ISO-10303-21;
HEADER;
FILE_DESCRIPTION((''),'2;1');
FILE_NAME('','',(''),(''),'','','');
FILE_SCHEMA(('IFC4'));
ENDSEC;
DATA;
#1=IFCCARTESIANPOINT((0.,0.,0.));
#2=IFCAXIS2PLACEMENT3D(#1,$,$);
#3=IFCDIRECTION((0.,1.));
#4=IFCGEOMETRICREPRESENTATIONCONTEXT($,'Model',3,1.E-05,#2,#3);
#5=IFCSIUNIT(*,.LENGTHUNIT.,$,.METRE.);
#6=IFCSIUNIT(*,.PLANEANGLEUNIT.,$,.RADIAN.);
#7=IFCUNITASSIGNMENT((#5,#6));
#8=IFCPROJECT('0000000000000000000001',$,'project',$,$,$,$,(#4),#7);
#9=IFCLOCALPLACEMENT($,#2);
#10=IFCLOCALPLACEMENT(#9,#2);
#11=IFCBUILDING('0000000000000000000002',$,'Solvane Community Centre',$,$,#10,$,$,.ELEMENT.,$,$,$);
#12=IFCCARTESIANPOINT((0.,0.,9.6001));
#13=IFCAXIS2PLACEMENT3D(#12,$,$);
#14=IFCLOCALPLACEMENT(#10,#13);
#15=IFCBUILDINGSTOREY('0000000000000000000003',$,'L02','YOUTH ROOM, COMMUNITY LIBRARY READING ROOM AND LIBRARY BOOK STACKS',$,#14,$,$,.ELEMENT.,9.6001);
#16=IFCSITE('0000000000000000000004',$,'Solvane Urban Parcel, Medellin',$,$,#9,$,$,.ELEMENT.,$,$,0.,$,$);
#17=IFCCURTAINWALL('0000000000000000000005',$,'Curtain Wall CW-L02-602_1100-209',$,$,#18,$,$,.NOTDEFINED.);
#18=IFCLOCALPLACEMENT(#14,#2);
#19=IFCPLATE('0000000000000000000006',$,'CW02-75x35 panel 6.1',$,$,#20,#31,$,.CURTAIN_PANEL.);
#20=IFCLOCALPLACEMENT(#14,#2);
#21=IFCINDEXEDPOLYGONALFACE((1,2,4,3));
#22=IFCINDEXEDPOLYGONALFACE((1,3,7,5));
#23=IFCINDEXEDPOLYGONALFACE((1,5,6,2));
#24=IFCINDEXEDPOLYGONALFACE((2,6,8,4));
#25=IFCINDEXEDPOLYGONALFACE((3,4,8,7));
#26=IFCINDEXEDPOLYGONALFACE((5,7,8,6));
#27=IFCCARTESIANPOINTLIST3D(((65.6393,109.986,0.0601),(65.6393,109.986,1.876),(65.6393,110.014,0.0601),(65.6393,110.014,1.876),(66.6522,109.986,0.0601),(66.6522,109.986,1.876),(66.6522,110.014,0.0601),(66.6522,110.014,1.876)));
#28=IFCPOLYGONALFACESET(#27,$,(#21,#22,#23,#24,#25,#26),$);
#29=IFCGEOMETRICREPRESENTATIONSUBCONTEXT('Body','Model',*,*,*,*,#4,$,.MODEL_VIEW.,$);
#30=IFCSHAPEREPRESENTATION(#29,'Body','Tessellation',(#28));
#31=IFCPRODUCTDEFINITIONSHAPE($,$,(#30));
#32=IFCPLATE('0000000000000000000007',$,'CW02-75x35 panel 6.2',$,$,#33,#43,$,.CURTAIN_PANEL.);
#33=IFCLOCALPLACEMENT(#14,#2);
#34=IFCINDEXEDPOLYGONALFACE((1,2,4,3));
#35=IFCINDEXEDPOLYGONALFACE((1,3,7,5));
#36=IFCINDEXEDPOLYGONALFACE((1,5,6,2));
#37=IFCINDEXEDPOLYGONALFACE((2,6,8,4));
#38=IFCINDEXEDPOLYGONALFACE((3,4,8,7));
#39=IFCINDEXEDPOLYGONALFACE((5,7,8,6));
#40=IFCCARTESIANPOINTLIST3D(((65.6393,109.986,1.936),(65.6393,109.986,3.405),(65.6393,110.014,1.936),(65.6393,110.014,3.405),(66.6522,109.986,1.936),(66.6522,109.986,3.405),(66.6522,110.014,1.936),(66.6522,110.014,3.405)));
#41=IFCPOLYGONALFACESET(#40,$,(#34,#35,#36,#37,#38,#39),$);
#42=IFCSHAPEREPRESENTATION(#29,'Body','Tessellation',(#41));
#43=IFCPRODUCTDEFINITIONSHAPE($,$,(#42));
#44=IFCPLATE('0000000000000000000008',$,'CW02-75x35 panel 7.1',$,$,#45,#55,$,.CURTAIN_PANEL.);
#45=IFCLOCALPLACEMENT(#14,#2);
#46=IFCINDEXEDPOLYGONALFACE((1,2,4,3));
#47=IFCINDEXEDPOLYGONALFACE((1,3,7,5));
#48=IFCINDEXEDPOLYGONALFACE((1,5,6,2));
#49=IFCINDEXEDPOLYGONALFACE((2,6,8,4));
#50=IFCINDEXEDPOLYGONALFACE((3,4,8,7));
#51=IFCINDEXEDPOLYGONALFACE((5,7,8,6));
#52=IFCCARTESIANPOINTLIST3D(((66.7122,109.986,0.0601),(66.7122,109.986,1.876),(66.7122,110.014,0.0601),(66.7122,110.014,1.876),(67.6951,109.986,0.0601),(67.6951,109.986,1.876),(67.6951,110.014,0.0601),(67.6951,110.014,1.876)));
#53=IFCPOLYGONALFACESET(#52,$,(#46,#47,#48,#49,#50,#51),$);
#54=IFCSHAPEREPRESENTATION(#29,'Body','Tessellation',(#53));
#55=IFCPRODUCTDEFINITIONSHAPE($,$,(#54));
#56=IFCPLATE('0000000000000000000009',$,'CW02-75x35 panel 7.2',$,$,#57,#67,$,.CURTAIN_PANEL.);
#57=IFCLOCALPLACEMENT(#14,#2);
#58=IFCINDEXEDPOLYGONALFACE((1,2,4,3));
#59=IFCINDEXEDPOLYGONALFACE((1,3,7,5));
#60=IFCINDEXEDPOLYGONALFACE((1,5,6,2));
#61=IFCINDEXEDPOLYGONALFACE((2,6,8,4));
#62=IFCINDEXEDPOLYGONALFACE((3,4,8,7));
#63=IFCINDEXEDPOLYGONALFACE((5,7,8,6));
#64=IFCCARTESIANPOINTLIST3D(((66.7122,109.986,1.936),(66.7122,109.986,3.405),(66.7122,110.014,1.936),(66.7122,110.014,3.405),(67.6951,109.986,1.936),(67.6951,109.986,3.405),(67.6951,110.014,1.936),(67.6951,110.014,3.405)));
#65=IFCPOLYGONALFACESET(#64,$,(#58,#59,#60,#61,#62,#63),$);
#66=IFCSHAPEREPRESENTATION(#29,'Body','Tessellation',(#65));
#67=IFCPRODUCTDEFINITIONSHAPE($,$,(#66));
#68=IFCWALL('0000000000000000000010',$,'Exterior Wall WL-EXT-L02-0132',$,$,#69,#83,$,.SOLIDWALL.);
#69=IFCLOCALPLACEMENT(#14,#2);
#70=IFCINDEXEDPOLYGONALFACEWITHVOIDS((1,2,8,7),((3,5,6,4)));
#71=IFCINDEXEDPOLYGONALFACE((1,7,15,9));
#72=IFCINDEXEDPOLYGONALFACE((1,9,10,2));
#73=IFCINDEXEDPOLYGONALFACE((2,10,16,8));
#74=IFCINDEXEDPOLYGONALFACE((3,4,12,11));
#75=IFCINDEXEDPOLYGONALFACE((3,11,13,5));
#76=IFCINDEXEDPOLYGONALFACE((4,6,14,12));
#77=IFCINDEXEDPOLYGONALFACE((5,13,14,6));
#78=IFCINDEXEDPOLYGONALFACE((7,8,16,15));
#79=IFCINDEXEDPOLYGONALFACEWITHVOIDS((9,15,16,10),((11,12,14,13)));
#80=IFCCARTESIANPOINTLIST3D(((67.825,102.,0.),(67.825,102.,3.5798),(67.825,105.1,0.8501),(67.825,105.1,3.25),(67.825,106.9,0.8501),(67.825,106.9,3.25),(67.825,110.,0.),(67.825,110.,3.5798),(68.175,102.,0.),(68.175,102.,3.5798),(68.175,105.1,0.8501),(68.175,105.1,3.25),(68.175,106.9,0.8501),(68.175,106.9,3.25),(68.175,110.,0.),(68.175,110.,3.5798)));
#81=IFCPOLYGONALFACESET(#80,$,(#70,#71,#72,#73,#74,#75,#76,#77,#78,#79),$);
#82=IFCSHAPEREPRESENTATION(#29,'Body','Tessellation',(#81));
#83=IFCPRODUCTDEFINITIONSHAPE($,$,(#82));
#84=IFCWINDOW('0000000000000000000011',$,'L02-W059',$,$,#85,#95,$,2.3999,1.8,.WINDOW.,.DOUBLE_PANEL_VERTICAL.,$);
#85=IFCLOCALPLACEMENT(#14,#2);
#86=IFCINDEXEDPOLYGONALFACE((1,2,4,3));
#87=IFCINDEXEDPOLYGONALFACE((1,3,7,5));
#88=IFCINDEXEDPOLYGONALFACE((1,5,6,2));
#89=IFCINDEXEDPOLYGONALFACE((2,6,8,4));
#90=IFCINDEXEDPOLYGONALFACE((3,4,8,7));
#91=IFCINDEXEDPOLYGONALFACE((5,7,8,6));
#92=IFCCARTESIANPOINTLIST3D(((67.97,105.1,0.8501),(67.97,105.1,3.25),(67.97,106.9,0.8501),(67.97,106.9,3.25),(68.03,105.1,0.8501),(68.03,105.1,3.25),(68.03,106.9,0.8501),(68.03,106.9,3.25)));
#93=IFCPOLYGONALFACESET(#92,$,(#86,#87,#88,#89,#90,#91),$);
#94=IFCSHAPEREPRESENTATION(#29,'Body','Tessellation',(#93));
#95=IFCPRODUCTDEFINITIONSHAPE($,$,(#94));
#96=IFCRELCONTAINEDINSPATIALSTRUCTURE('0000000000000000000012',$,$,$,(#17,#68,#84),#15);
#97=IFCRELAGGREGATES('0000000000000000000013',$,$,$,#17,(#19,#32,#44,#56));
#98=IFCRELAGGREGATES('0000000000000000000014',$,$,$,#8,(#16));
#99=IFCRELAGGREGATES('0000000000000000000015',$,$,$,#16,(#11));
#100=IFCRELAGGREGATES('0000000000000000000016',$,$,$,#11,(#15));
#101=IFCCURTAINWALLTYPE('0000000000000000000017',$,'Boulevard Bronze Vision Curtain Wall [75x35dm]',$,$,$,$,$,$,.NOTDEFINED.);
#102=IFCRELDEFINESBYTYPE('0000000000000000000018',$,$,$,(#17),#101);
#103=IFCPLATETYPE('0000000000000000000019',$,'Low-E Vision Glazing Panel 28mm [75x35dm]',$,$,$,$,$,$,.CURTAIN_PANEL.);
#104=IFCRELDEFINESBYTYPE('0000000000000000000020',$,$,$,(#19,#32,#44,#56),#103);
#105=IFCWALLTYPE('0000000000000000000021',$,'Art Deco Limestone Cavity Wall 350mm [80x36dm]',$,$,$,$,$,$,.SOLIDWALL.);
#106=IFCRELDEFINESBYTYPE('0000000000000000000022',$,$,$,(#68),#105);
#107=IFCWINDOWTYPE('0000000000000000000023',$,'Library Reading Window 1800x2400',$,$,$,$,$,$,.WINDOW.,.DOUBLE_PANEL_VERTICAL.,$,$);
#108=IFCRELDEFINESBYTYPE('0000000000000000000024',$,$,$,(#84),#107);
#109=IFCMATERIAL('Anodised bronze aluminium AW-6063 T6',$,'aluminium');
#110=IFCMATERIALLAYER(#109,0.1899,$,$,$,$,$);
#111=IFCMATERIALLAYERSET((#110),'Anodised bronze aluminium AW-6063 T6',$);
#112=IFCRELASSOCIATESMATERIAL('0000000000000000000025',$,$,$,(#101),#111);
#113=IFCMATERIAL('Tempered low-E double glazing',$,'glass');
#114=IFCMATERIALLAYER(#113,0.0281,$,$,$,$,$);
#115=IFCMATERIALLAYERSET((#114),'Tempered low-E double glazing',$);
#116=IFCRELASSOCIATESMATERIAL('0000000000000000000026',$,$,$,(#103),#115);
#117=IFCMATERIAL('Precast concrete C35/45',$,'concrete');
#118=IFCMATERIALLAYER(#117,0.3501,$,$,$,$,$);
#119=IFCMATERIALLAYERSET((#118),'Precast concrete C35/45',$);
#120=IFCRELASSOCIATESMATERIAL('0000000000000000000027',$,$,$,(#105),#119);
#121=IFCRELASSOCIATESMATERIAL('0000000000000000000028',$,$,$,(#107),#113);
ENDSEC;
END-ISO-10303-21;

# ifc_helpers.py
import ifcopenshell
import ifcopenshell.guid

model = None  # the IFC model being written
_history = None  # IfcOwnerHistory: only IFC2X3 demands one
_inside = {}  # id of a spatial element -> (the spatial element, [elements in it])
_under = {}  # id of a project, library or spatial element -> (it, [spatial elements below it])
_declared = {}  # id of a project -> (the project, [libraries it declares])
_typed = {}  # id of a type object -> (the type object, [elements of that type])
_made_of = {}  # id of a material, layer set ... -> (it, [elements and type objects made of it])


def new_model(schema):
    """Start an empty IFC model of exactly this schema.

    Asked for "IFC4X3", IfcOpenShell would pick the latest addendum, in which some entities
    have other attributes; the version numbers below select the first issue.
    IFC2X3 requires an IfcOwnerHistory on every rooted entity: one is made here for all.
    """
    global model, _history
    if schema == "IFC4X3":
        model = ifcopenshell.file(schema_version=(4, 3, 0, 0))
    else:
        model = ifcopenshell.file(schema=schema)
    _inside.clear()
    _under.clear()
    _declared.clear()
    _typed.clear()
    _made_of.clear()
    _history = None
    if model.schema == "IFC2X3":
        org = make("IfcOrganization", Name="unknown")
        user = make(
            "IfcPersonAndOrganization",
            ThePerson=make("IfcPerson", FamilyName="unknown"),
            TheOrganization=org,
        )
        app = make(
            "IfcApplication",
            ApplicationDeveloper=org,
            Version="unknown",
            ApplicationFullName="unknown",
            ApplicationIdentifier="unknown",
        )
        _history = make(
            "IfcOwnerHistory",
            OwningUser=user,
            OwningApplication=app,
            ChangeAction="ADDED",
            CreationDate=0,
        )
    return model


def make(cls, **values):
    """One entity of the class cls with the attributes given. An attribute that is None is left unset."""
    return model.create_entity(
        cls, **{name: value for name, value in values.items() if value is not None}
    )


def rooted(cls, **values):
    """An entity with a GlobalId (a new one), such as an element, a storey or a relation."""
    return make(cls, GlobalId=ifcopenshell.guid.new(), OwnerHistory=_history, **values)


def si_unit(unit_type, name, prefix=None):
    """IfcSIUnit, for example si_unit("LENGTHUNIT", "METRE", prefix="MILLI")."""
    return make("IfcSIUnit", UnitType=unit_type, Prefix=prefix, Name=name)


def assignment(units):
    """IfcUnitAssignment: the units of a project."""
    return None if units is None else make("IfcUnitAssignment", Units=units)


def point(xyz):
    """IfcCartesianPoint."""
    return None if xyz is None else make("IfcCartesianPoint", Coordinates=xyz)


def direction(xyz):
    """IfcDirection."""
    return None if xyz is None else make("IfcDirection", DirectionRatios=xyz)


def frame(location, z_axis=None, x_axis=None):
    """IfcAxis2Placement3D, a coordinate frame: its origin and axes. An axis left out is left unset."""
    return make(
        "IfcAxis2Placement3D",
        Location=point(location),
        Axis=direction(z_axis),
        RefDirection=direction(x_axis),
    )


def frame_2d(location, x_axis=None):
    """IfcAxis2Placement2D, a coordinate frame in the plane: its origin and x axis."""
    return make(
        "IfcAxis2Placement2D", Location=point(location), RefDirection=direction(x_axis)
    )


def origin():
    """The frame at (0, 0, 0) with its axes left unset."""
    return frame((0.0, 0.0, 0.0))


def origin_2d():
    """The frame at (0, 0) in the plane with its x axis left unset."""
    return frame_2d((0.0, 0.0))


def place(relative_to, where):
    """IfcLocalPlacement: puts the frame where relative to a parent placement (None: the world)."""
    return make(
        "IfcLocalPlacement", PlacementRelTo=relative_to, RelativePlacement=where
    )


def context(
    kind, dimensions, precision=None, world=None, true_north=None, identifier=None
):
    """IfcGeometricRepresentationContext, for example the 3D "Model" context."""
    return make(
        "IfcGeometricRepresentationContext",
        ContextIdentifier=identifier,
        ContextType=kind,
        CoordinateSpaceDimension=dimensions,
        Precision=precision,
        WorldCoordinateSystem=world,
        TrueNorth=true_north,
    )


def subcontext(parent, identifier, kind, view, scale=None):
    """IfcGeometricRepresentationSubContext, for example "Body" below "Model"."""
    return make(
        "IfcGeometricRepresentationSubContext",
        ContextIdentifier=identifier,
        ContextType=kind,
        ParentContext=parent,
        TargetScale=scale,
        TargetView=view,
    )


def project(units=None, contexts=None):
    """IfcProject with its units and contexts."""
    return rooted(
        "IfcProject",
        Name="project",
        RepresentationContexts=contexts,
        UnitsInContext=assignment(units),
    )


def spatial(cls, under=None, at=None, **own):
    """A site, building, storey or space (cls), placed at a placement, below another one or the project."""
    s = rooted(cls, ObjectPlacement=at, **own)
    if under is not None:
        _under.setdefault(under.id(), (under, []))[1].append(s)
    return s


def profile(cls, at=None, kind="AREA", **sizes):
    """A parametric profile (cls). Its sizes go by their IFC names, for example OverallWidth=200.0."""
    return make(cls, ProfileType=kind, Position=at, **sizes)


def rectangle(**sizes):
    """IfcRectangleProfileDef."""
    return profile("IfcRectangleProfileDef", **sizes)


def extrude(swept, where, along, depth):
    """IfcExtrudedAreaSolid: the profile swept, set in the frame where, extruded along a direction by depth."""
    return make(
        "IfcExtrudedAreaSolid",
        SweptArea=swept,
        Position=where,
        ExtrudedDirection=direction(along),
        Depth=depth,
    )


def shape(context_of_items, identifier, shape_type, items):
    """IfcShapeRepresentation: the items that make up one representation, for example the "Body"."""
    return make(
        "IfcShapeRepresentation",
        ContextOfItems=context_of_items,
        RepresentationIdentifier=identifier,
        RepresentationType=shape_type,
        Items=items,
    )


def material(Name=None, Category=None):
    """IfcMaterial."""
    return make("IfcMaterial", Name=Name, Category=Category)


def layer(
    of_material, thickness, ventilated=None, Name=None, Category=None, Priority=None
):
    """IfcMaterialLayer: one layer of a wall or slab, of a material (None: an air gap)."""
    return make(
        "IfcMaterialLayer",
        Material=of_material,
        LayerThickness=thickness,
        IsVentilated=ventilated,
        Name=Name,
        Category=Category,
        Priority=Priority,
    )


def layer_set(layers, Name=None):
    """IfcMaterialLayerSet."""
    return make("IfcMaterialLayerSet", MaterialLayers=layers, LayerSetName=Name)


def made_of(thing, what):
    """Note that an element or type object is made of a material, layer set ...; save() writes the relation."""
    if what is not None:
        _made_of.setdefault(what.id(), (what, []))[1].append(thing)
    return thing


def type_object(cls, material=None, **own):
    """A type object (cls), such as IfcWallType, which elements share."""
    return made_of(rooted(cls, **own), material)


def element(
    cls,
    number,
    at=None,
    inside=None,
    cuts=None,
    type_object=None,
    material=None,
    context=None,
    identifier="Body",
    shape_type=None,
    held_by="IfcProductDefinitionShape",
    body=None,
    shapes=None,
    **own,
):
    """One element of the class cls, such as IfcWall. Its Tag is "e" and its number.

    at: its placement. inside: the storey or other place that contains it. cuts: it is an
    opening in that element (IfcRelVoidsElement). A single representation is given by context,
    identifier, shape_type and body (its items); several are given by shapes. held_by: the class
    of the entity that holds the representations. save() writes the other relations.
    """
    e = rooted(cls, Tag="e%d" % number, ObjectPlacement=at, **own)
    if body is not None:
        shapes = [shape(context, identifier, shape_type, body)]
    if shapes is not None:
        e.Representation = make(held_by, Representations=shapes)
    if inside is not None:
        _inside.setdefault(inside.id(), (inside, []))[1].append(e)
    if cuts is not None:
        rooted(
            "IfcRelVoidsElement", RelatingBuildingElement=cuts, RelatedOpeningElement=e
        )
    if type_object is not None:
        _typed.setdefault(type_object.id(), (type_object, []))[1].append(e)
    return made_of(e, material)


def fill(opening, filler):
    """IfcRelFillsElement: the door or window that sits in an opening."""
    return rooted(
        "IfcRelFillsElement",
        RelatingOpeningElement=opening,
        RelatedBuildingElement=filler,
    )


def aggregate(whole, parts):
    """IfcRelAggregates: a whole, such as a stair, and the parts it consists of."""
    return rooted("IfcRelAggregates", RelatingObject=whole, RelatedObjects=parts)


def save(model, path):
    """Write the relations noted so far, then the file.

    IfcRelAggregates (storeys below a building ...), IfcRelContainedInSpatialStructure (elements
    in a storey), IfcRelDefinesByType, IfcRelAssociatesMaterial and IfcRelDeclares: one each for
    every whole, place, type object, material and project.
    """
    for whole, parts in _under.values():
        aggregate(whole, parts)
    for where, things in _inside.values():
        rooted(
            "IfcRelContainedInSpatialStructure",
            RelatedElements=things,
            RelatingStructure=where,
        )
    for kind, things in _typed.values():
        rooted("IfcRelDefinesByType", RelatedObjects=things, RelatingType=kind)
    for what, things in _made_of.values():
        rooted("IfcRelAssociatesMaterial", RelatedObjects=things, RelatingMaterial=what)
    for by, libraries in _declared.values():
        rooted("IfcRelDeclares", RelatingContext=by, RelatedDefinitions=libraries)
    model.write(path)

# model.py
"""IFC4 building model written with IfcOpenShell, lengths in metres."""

from ifc_helpers import new_model, si_unit, direction, frame, frame_2d, origin, origin_2d, place, context, subcontext, project, spatial, rectangle, extrude, material, layer, layer_set, type_object, element, fill, aggregate, save


model = new_model("IFC4")

# Units and contexts
model_context = context("Model", 3, precision=1e-05, world=origin(), true_north=direction((0.0, 1.0)))
body_context = subcontext(model_context, "Body", "Model", "MODEL_VIEW")
ifc_project = project(units=[si_unit("LENGTHUNIT", "METRE"), si_unit("PLANEANGLEUNIT", "RADIAN")], contexts=[model_context])

# Site, building, storey
site_placement = place(None, origin())
site = spatial("IfcSite", under=ifc_project, at=site_placement, Name="Solvane Urban Parcel, Medellin", CompositionType="ELEMENT", RefElevation=0.0)
building_placement = place(site_placement, origin())
building = spatial("IfcBuilding", under=site, at=building_placement, Name="Solvane Community Centre", CompositionType="ELEMENT")
storey_placement = place(building_placement, frame((0.0, 0.0, 9.6001)))
storey = spatial("IfcBuildingStorey", under=building, at=storey_placement, Name="L02", Description="YOUTH ROOM, COMMUNITY LIBRARY READING ROOM AND LIBRARY BOOK STACKS", CompositionType="ELEMENT", Elevation=9.6001)

# Curtain wall
ifc_material_1 = material(Name="Anodised bronze aluminium AW-6063 T6", Category="aluminium")
ifc_layer_1 = layer(ifc_material_1, 0.1899)
ifc_layer_set_1 = layer_set([ifc_layer_1], Name="Anodised bronze aluminium AW-6063 T6")
curtain_wall_type = type_object("IfcCurtainWallType", Name="Boulevard Bronze Vision Curtain Wall [75x35dm]", PredefinedType="NOTDEFINED", material=ifc_layer_set_1)
curtain_wall_placement = place(storey_placement, origin())
curtain_wall = element("IfcCurtainWall", 1, at=curtain_wall_placement, inside=storey, type_object=curtain_wall_type, Name="Curtain Wall CW-L02-602_1100-209", PredefinedType="NOTDEFINED")

# Plates
ifc_material_2 = material(Name="Tempered low-E double glazing", Category="glass")
ifc_layer_2 = layer(ifc_material_2, 0.0281)
ifc_layer_set_2 = layer_set([ifc_layer_2], Name="Tempered low-E double glazing")
plate_type_1 = type_object("IfcPlateType", Name="Low-E Vision Glazing Panel 28mm [75x35dm]", PredefinedType="CURTAIN_PANEL", material=ifc_layer_set_2)
plate_1_placement = place(storey_placement, frame((66.1458, 110.0, 0.0601), z_axis=(0.0, 0.0, 1.0), x_axis=(1.0, 0.0, 0.0)))
plate_1 = element("IfcPlate", 2, at=plate_1_placement, type_object=plate_type_1, Name="CW02-75x35 panel 6.1", PredefinedType="CURTAIN_PANEL", context=body_context, shape_type="SweptSolid", body=[
    extrude(rectangle(XDim=1.0129, YDim=0.0281, at=origin_2d()), origin(), (0.0, 0.0, 1.0), 1.8159),
])
plate_2_placement = place(storey_placement, frame((66.1458, 110.0, 1.936), z_axis=(0.0, 0.0, 1.0), x_axis=(1.0, 0.0, 0.0)))
plate_2 = element("IfcPlate", 3, at=plate_2_placement, type_object=plate_type_1, Name="CW02-75x35 panel 6.2", PredefinedType="CURTAIN_PANEL", context=body_context, shape_type="SweptSolid", body=[
    extrude(rectangle(XDim=1.0129, YDim=0.0281, at=origin_2d()), origin(), (0.0, 0.0, 1.0), 1.469),
])
plate_3_placement = place(storey_placement, frame((67.2036, 110.0, 0.0601), z_axis=(0.0, 0.0, 1.0), x_axis=(1.0, 0.0, 0.0)))
plate_3 = element("IfcPlate", 4, at=plate_3_placement, type_object=plate_type_1, Name="CW02-75x35 panel 7.1", PredefinedType="CURTAIN_PANEL", context=body_context, shape_type="SweptSolid", body=[
    extrude(rectangle(XDim=0.9829, YDim=0.0281, at=origin_2d()), origin(), (0.0, 0.0, 1.0), 1.8159),
])
plate_4_placement = place(storey_placement, frame((67.2036, 110.0, 1.936), z_axis=(0.0, 0.0, 1.0), x_axis=(1.0, 0.0, 0.0)))
plate_4 = element("IfcPlate", 5, at=plate_4_placement, type_object=plate_type_1, Name="CW02-75x35 panel 7.2", PredefinedType="CURTAIN_PANEL", context=body_context, shape_type="SweptSolid", body=[
    extrude(rectangle(XDim=0.9829, YDim=0.0281, at=origin_2d()), origin(), (0.0, 0.0, 1.0), 1.469),
])
aggregate(curtain_wall, [plate_1, plate_2, plate_3, plate_4])

# Wall, opening, window
ifc_material_3 = material(Name="Precast concrete C35/45", Category="concrete")
ifc_layer_3 = layer(ifc_material_3, 0.3501)
ifc_layer_set_3 = layer_set([ifc_layer_3], Name="Precast concrete C35/45")
wall_type = type_object("IfcWallType", Name="Art Deco Limestone Cavity Wall 350mm [80x36dm]", PredefinedType="SOLIDWALL", material=ifc_layer_set_3)
wall_placement = place(storey_placement, frame((68.0, 110.0, 0.0), z_axis=(0.0, 0.0, 1.0), x_axis=(0.0, -1.0, 0.0)))
wall = element("IfcWall", 6, at=wall_placement, inside=storey, type_object=wall_type, Name="Exterior Wall WL-EXT-L02-0132", PredefinedType="SOLIDWALL", context=body_context, shape_type="SweptSolid", body=[
    extrude(rectangle(XDim=8.0, YDim=0.3501, at=frame_2d((4.0, 0.0))), origin(), (0.0, 0.0, 1.0), 3.5798),
])
opening_placement = place(wall_placement, frame((3.1001, 0.0, 0.8501)))
opening = element("IfcOpeningElement", 7, at=opening_placement, cuts=wall, PredefinedType="OPENING", context=body_context, shape_type="SweptSolid", body=[
    extrude(rectangle(XDim=1.8, YDim=2.3999, at=frame_2d((0.8999, 1.2))), frame((0.0, 0.1851, 0.0), z_axis=(0.0, -1.0, 0.0), x_axis=(1.0, 0.0, 0.0)), (0.0, 0.0, 1.0), 0.3701),
])
window_type = type_object("IfcWindowType", Name="Library Reading Window 1800x2400", PartitioningType="DOUBLE_PANEL_VERTICAL", PredefinedType="WINDOW", material=ifc_material_2)
window_placement = place(opening_placement, origin())
window = element("IfcWindow", 8, at=window_placement, inside=storey, type_object=window_type, Name="L02-W059", OverallHeight=2.3999, OverallWidth=1.8, PartitioningType="DOUBLE_PANEL_VERTICAL", PredefinedType="WINDOW", context=body_context, shape_type="SweptSolid", body=[
    extrude(rectangle(XDim=1.8, YDim=2.3999, at=frame_2d((0.8999, 1.2))), frame((0.0, 0.03, 0.0), z_axis=(0.0, -1.0, 0.0), x_axis=(1.0, 0.0, 0.0)), (0.0, 0.0, 1.0), 0.0601),
])
fill(opening, window)

save(model, "model.ifc")
